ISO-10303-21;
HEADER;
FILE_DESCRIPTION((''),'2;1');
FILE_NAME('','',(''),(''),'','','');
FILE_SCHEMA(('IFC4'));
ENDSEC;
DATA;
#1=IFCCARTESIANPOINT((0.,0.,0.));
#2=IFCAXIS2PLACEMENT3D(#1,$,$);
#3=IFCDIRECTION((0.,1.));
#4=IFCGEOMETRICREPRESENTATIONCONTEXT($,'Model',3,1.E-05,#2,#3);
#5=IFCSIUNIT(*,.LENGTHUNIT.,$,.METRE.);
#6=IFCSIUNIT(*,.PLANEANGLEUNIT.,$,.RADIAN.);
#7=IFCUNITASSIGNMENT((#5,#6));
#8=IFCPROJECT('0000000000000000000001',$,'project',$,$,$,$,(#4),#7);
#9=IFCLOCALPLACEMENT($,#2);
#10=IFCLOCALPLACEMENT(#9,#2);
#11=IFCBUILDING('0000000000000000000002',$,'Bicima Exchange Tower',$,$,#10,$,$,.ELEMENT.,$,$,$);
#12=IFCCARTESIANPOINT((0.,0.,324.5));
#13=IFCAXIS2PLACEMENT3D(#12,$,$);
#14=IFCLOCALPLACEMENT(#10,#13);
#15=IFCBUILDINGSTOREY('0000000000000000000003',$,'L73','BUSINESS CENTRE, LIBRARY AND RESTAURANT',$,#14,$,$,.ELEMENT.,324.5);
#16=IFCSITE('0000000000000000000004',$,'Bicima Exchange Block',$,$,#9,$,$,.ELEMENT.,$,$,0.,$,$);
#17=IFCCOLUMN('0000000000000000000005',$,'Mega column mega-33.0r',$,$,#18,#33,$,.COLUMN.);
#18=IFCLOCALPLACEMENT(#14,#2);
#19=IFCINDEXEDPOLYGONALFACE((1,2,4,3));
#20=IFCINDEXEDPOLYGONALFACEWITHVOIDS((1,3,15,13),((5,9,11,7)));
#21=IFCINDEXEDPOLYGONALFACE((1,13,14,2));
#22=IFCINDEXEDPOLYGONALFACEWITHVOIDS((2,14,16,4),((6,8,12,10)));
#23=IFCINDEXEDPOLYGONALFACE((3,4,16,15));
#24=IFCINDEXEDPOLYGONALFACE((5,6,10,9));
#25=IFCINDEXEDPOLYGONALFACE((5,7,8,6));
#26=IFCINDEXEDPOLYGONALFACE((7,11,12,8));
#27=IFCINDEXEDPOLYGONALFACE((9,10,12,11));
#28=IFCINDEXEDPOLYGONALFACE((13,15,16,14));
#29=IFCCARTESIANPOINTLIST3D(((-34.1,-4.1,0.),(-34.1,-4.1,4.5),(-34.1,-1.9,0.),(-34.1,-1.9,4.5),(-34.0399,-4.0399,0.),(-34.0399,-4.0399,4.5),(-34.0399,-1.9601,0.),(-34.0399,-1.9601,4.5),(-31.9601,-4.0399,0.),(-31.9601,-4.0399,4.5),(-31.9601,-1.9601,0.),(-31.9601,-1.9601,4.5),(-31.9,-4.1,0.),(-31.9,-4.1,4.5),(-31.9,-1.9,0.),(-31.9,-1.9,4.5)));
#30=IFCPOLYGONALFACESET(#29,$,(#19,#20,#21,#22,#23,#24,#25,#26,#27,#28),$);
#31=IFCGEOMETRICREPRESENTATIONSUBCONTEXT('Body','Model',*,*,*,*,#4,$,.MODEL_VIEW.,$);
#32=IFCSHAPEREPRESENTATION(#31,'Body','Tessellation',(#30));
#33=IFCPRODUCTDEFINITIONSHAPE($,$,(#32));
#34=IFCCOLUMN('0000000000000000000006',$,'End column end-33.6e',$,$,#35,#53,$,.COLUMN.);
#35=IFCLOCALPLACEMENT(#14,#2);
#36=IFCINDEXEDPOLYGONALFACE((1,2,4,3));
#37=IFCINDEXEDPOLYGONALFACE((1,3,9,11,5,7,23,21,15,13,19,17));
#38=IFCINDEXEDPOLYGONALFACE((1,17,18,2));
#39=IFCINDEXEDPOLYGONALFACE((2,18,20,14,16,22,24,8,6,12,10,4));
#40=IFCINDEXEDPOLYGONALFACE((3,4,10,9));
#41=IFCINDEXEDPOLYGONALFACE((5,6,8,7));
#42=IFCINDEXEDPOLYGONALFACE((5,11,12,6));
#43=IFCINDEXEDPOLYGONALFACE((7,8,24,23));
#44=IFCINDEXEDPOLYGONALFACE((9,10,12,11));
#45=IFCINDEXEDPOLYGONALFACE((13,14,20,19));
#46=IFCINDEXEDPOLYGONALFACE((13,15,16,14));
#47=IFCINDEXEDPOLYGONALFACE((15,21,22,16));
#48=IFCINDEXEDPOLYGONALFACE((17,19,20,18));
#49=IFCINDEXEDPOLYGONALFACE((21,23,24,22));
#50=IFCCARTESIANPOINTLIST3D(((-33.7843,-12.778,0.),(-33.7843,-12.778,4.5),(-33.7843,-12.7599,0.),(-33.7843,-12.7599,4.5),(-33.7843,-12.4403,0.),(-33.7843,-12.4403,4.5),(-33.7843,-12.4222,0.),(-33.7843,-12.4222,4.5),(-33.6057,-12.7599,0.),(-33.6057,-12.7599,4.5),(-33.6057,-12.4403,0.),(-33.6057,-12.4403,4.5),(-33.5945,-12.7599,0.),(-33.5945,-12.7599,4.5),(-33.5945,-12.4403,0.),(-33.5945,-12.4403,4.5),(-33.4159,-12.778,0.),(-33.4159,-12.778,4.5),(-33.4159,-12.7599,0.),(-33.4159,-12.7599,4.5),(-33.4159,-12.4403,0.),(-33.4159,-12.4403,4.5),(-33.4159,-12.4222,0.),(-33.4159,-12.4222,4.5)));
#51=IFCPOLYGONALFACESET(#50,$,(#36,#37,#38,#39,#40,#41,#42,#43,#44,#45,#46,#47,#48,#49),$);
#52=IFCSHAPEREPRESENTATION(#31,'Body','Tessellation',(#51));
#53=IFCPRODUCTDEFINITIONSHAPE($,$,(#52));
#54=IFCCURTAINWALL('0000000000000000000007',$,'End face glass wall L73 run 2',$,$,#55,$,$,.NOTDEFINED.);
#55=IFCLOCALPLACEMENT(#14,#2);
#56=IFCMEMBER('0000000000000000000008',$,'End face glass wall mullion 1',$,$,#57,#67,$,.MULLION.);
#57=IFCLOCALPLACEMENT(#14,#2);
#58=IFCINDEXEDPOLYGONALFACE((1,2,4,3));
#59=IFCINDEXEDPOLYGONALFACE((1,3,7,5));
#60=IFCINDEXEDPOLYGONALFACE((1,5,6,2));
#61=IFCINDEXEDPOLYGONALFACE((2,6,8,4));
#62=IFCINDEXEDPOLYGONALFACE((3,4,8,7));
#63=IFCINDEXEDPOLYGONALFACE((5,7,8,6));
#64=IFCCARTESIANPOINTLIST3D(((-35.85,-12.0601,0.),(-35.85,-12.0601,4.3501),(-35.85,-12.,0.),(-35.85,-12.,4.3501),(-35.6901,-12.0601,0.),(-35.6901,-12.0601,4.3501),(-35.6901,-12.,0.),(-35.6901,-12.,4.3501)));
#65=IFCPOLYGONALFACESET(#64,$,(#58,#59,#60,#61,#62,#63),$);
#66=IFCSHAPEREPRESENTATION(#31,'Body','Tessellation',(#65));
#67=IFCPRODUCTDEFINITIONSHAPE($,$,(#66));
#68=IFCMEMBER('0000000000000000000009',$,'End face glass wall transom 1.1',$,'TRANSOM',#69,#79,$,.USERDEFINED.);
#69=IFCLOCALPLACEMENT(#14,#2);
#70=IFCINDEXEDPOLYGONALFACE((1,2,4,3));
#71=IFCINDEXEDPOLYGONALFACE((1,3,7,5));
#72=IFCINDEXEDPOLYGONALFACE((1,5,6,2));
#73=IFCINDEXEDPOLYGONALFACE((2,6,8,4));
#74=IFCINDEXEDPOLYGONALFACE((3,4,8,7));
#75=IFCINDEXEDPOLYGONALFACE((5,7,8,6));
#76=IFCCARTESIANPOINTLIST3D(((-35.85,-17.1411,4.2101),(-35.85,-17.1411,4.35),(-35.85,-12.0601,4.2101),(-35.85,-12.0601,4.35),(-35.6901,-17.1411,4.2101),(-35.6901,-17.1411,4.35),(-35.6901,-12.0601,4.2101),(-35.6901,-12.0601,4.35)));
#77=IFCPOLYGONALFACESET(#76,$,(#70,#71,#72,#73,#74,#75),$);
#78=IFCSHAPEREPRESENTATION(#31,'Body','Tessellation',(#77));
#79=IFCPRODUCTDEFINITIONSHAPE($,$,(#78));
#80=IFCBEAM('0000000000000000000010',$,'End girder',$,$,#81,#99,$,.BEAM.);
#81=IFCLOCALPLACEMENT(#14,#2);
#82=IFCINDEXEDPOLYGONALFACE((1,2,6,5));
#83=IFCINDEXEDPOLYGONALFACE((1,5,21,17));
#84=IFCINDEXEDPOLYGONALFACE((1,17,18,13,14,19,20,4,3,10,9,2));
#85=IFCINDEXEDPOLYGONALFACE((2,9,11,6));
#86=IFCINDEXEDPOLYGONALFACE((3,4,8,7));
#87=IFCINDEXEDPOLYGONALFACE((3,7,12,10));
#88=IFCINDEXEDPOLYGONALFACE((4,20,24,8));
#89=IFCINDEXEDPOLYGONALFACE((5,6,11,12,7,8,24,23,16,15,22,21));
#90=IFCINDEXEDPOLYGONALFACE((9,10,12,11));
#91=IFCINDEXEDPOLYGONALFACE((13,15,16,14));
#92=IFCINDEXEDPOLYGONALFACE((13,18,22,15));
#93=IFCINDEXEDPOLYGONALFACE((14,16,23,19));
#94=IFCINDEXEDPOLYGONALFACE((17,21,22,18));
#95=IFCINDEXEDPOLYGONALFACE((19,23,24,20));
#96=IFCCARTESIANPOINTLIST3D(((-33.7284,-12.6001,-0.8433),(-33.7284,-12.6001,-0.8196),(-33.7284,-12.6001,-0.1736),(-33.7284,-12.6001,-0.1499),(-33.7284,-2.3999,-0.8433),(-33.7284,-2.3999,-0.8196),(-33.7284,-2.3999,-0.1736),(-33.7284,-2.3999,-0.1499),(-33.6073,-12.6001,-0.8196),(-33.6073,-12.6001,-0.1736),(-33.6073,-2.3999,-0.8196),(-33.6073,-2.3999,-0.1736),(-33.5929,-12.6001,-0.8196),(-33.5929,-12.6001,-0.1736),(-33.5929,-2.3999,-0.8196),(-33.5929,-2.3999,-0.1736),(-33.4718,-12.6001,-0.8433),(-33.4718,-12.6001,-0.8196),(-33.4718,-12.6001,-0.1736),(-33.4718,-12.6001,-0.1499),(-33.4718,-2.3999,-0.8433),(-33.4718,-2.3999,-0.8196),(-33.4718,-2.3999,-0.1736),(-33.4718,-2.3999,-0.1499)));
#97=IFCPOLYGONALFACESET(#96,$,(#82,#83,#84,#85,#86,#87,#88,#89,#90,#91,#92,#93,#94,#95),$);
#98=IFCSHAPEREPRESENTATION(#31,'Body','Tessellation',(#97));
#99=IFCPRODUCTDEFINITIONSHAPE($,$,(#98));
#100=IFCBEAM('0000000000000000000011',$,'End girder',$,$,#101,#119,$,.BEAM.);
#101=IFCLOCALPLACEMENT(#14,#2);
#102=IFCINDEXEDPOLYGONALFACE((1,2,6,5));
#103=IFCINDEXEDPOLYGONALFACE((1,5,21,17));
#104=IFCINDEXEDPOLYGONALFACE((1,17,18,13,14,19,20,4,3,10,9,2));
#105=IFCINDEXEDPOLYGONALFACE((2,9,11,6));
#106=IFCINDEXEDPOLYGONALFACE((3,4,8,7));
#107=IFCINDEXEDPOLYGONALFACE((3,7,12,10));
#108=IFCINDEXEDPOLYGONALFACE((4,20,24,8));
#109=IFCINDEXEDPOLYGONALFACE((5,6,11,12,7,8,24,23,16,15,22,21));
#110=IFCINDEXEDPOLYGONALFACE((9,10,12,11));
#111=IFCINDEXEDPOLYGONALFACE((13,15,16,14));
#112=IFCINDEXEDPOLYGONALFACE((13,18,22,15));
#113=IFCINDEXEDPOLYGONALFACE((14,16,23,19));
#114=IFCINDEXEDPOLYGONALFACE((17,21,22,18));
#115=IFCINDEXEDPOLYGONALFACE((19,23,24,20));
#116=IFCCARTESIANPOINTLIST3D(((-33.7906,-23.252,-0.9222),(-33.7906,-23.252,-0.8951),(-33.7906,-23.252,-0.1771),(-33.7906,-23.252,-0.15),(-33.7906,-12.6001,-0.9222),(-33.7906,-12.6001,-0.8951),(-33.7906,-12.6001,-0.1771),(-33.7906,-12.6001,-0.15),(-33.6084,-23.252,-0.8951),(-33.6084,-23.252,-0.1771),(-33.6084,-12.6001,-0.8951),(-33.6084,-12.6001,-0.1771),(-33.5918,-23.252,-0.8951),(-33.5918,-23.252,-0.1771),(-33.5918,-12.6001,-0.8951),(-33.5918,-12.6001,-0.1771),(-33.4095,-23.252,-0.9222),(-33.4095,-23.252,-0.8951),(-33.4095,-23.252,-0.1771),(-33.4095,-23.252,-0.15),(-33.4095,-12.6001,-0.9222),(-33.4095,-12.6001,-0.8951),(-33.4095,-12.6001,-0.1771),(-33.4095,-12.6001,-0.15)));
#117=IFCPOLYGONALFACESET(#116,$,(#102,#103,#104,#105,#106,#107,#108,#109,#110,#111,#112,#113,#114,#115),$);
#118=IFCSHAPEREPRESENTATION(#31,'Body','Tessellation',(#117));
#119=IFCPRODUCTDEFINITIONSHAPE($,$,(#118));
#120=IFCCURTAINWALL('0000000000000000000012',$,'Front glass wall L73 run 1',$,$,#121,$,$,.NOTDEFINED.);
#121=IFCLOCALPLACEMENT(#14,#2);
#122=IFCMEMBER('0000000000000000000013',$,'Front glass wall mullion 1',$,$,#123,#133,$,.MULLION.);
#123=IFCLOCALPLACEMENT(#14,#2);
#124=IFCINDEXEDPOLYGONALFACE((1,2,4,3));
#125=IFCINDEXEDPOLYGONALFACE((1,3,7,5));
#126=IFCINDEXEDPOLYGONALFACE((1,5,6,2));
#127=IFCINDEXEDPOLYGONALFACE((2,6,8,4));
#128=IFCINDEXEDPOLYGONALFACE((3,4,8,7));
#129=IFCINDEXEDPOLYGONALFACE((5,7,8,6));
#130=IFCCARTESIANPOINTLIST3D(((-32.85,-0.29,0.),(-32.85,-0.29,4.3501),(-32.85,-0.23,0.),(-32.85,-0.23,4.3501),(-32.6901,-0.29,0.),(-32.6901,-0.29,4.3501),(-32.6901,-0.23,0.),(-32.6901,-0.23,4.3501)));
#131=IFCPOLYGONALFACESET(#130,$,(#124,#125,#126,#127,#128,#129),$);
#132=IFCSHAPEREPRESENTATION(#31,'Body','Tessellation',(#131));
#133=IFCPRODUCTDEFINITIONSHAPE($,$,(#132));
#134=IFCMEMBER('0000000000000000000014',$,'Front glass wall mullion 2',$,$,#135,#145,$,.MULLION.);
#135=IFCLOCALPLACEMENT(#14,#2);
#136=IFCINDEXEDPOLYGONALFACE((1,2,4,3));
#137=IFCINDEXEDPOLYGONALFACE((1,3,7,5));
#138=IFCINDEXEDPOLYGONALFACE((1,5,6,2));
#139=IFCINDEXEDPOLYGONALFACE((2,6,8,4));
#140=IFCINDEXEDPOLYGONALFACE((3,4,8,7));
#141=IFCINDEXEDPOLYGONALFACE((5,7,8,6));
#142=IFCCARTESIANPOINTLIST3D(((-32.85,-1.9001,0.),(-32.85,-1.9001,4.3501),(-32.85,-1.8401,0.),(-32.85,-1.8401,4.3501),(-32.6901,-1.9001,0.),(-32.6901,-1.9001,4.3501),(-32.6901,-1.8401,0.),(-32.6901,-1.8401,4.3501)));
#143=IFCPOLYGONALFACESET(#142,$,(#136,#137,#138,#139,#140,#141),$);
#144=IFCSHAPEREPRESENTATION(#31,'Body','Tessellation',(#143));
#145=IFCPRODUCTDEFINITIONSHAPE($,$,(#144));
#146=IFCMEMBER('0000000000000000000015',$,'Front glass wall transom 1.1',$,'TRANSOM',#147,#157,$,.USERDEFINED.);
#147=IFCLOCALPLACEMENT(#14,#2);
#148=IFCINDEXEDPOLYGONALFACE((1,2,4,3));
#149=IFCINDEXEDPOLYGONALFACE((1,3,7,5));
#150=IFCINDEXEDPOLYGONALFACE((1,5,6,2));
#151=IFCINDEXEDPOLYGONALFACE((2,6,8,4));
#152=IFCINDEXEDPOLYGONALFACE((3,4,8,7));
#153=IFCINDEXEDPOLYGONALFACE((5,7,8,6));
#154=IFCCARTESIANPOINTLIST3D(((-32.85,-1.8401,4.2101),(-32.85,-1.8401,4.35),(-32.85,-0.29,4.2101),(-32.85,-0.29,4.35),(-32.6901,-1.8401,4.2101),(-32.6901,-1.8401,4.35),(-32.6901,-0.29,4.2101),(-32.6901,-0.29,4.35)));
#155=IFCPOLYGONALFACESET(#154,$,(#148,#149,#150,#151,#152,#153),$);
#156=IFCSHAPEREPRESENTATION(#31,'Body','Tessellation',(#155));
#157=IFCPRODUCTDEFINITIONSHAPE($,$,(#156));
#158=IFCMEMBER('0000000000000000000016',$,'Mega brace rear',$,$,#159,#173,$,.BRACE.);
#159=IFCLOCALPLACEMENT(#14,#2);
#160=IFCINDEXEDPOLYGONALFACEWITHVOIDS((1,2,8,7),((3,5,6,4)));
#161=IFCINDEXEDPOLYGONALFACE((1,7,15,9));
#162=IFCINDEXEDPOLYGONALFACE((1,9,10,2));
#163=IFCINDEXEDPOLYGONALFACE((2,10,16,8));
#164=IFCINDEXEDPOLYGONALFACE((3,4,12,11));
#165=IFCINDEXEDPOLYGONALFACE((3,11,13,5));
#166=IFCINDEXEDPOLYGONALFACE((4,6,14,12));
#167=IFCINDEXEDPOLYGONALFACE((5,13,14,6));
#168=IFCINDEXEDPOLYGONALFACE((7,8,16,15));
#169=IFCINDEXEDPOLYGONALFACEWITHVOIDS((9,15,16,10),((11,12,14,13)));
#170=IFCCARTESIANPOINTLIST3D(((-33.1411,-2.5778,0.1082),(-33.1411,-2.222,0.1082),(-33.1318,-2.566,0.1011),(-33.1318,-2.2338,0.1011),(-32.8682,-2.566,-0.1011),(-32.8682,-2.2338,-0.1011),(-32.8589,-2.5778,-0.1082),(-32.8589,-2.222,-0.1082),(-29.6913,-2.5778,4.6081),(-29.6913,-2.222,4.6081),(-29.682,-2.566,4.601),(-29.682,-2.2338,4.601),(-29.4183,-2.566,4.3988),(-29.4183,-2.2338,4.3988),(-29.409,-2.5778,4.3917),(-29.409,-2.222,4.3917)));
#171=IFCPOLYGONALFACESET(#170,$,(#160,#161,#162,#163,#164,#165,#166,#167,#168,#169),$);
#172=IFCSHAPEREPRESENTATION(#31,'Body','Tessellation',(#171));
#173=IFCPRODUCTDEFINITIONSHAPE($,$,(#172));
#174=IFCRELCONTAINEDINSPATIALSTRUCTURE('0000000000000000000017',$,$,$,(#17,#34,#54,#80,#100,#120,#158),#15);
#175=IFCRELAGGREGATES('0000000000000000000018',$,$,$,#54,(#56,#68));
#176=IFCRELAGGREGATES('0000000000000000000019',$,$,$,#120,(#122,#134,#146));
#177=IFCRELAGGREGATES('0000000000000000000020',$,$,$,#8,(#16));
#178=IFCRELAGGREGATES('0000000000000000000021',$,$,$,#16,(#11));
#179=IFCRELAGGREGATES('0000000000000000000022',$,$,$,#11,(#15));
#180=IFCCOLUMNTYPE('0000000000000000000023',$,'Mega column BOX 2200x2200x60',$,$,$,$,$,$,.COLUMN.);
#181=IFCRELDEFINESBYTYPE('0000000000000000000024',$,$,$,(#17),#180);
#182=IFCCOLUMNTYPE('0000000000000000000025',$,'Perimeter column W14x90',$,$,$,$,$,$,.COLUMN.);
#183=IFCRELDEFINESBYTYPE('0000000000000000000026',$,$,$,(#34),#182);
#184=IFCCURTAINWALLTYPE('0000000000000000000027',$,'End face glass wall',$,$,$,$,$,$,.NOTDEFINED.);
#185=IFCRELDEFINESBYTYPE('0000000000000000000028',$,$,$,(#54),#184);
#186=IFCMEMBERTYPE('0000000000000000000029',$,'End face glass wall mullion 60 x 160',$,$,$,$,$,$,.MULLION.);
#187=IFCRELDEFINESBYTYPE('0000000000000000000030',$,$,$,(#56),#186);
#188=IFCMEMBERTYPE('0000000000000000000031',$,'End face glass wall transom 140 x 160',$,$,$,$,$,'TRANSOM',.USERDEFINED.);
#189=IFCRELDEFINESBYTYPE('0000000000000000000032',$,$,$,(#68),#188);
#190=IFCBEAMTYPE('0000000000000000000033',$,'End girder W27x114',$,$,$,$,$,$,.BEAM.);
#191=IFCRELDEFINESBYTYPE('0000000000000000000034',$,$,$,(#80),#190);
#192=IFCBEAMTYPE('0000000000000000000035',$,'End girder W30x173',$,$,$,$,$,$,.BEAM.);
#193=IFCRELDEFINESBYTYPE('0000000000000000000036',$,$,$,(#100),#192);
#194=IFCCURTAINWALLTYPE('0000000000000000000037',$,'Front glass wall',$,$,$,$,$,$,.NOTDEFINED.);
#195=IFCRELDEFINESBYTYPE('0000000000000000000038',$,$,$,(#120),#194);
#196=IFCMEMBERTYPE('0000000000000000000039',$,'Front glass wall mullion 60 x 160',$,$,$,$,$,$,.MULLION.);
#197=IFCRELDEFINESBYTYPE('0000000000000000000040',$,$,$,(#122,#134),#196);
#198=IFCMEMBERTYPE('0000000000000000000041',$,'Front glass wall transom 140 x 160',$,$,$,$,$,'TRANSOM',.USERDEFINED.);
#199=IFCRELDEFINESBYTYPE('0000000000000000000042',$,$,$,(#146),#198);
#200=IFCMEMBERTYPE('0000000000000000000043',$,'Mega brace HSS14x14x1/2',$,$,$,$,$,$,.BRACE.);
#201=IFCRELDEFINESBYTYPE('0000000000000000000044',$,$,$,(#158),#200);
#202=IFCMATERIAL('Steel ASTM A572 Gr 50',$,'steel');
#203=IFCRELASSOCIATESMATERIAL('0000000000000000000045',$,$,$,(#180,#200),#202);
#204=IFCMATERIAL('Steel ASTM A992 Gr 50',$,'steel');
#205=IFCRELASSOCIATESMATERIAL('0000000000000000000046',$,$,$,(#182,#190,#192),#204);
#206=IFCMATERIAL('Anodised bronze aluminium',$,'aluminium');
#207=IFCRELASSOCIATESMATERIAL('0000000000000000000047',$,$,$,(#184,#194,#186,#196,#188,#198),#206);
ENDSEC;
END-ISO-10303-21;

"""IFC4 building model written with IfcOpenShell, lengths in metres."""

from ifc_helpers import new_model, si_unit, direction, frame, origin, origin_2d, place, context, subcontext, project, spatial, rectangle, hollow_rectangle, i_section, extrude, material, material_profile, profile_set, type_object, element, aggregate, save


model = new_model("IFC4")

# Units and contexts
model_context = context("Model", 3, precision=1e-05, world=origin(), true_north=direction((0.0, 1.0)))
body_context = subcontext(model_context, "Body", "Model", "MODEL_VIEW")
ifc_project = project(units=[si_unit("LENGTHUNIT", "METRE"), si_unit("PLANEANGLEUNIT", "RADIAN")], contexts=[model_context])

# Site, building, storey
site_placement = place(None, origin())
site = spatial("IfcSite", under=ifc_project, at=site_placement, Name="Bicima Exchange Block", CompositionType="ELEMENT", RefElevation=0.0)
building_placement = place(site_placement, origin())
building = spatial("IfcBuilding", under=site, at=building_placement, Name="Bicima Exchange Tower", CompositionType="ELEMENT")
storey_placement = place(building_placement, frame((0.0, 0.0, 324.5)))
storey = spatial("IfcBuildingStorey", under=building, at=storey_placement, Name="L73", Description="BUSINESS CENTRE, LIBRARY AND RESTAURANT", CompositionType="ELEMENT", Elevation=324.5)

# Columns
ifc_material_1 = material(Name="Steel ASTM A572 Gr 50", Category="steel")
ifc_material_profile_1 = material_profile(ifc_material_1, hollow_rectangle(XDim=2.2, YDim=2.2, WallThickness=0.0601, at=origin_2d()))
ifc_profile_set_1 = profile_set([ifc_material_profile_1], Name="Steel ASTM A572 Gr 50")
column_type_1 = type_object("IfcColumnType", Name="Mega column BOX 2200x2200x60", PredefinedType="COLUMN", material=ifc_profile_set_1)
column_1_placement = place(storey_placement, frame((-33.0, -3.0, 0.0), z_axis=(0.0, 0.0, 1.0), x_axis=(1.0, 0.0, 0.0)))
element("IfcColumn", 1, at=column_1_placement, inside=storey, type_object=column_type_1, Name="Mega column mega-33.0r", PredefinedType="COLUMN", context=body_context, shape_type="SweptSolid", body=[
    extrude(hollow_rectangle(XDim=2.2, YDim=2.2, WallThickness=0.0601, at=origin_2d()), origin(), (0.0, 0.0, 1.0), 4.5),
])
ifc_material_2 = material(Name="Steel ASTM A992 Gr 50", Category="steel")
ifc_material_profile_2 = material_profile(ifc_material_2, i_section(OverallWidth=0.3684, OverallDepth=0.3557, WebThickness=0.0112, FlangeThickness=0.0181, at=origin_2d()))
ifc_profile_set_2 = profile_set([ifc_material_profile_2], Name="Steel ASTM A992 Gr 50")
column_type_2 = type_object("IfcColumnType", Name="Perimeter column W14x90", PredefinedType="COLUMN", material=ifc_profile_set_2)
column_2_placement = place(storey_placement, frame((-33.6001, -12.6001, 0.0), z_axis=(0.0, 0.0, 1.0), x_axis=(1.0, 0.0, 0.0)))
element("IfcColumn", 2, at=column_2_placement, inside=storey, type_object=column_type_2, Name="End column end-33.6e", PredefinedType="COLUMN", context=body_context, shape_type="SweptSolid", body=[
    extrude(i_section(OverallWidth=0.3684, OverallDepth=0.3557, WebThickness=0.0112, FlangeThickness=0.0181, at=origin_2d()), origin(), (0.0, 0.0, 1.0), 4.5),
])

# Curtain wall, members
ifc_material_3 = material(Name="Anodised bronze aluminium", Category="aluminium")
curtain_wall_type_1 = type_object("IfcCurtainWallType", Name="End face glass wall", PredefinedType="NOTDEFINED", material=ifc_material_3)
curtain_wall_1_placement = place(storey_placement, origin())
curtain_wall_1 = element("IfcCurtainWall", 3, at=curtain_wall_1_placement, inside=storey, type_object=curtain_wall_type_1, Name="End face glass wall L73 run 2", PredefinedType="NOTDEFINED")
ifc_material_profile_3 = material_profile(ifc_material_3, rectangle(XDim=0.1599, YDim=0.0601, at=origin_2d()))
ifc_profile_set_3 = profile_set([ifc_material_profile_3], Name="Anodised bronze aluminium")
member_type_1 = type_object("IfcMemberType", Name="End face glass wall mullion 60 x 160", PredefinedType="MULLION", material=ifc_profile_set_3)
member_1_placement = place(storey_placement, frame((-35.77, -12.03, 0.0), z_axis=(0.0, 0.0, 1.0), x_axis=(1.0, 0.0, 0.0)))
member_1 = element("IfcMember", 4, at=member_1_placement, type_object=member_type_1, Name="End face glass wall mullion 1", PredefinedType="MULLION", context=body_context, shape_type="SweptSolid", body=[
    extrude(rectangle(XDim=0.1599, YDim=0.0601, at=origin_2d()), origin(), (0.0, 0.0, 1.0), 4.3501),
])
ifc_material_profile_4 = material_profile(ifc_material_3, rectangle(XDim=0.1599, YDim=0.1399, at=origin_2d()))
ifc_profile_set_4 = profile_set([ifc_material_profile_4], Name="Anodised bronze aluminium")
member_type_2 = type_object("IfcMemberType", Name="End face glass wall transom 140 x 160", ElementType="TRANSOM", PredefinedType="USERDEFINED", material=ifc_profile_set_4)
member_2_placement = place(storey_placement, frame((-35.77, -12.0601, 4.28), z_axis=(0.0, -1.0, 0.0), x_axis=(1.0, 0.0, 0.0)))
member_2 = element("IfcMember", 5, at=member_2_placement, type_object=member_type_2, Name="End face glass wall transom 1.1", ObjectType="TRANSOM", PredefinedType="USERDEFINED", context=body_context, shape_type="SweptSolid", body=[
    extrude(rectangle(XDim=0.1599, YDim=0.1399, at=origin_2d()), origin(), (0.0, 0.0, 1.0), 5.0811),
])
aggregate(curtain_wall_1, [member_1, member_2])

# Beams
ifc_material_profile_5 = material_profile(ifc_material_2, i_section(OverallWidth=0.2566, OverallDepth=0.6934, WebThickness=0.0144, FlangeThickness=0.0237, at=origin_2d()))
ifc_profile_set_5 = profile_set([ifc_material_profile_5], Name="Steel ASTM A992 Gr 50")
beam_type_1 = type_object("IfcBeamType", Name="End girder W27x114", PredefinedType="BEAM", material=ifc_profile_set_5)
beam_1_placement = place(storey_placement, frame((-33.6001, -2.3999, -0.4966), z_axis=(0.0, -1.0, 0.0), x_axis=(1.0, 0.0, 0.0)))
element("IfcBeam", 6, at=beam_1_placement, inside=storey, type_object=beam_type_1, Name="End girder", PredefinedType="BEAM", context=body_context, shape_type="SweptSolid", body=[
    extrude(i_section(OverallWidth=0.2566, OverallDepth=0.6934, WebThickness=0.0144, FlangeThickness=0.0237, at=origin_2d()), origin(), (0.0, 0.0, 1.0), 10.2002),
])
ifc_material_profile_6 = material_profile(ifc_material_2, i_section(OverallWidth=0.3811, OverallDepth=0.7722, WebThickness=0.0166, FlangeThickness=0.0271, at=origin_2d()))
ifc_profile_set_6 = profile_set([ifc_material_profile_6], Name="Steel ASTM A992 Gr 50")
beam_type_2 = type_object("IfcBeamType", Name="End girder W30x173", PredefinedType="BEAM", material=ifc_profile_set_6)
beam_2_placement = place(storey_placement, frame((-33.6001, -12.6001, -0.5361), z_axis=(0.0, -1.0, 0.0), x_axis=(1.0, 0.0, 0.0)))
element("IfcBeam", 7, at=beam_2_placement, inside=storey, type_object=beam_type_2, Name="End girder", PredefinedType="BEAM", context=body_context, shape_type="SweptSolid", body=[
    extrude(i_section(OverallWidth=0.3811, OverallDepth=0.7722, WebThickness=0.0166, FlangeThickness=0.0271, at=origin_2d()), origin(), (0.0, 0.0, 1.0), 10.6519),
])

# Curtain wall, members
curtain_wall_type_2 = type_object("IfcCurtainWallType", Name="Front glass wall", PredefinedType="NOTDEFINED", material=ifc_material_3)
curtain_wall_2_placement = place(storey_placement, origin())
curtain_wall_2 = element("IfcCurtainWall", 8, at=curtain_wall_2_placement, inside=storey, type_object=curtain_wall_type_2, Name="Front glass wall L73 run 1", PredefinedType="NOTDEFINED")
member_type_3 = type_object("IfcMemberType", Name="Front glass wall mullion 60 x 160", PredefinedType="MULLION", material=ifc_profile_set_3)
member_3_placement = place(storey_placement, frame((-32.77, -0.26, 0.0), z_axis=(0.0, 0.0, 1.0), x_axis=(1.0, 0.0, 0.0)))
member_3 = element("IfcMember", 9, at=member_3_placement, type_object=member_type_3, Name="Front glass wall mullion 1", PredefinedType="MULLION", context=body_context, shape_type="SweptSolid", body=[
    extrude(rectangle(XDim=0.1599, YDim=0.0601, at=origin_2d()), origin(), (0.0, 0.0, 1.0), 4.3501),
])
member_4_placement = place(storey_placement, frame((-32.77, -1.8701, 0.0), z_axis=(0.0, 0.0, 1.0), x_axis=(1.0, 0.0, 0.0)))
member_4 = element("IfcMember", 10, at=member_4_placement, type_object=member_type_3, Name="Front glass wall mullion 2", PredefinedType="MULLION", context=body_context, shape_type="SweptSolid", body=[
    extrude(rectangle(XDim=0.1599, YDim=0.0601, at=origin_2d()), origin(), (0.0, 0.0, 1.0), 4.3501),
])
member_type_4 = type_object("IfcMemberType", Name="Front glass wall transom 140 x 160", ElementType="TRANSOM", PredefinedType="USERDEFINED", material=ifc_profile_set_4)
member_5_placement = place(storey_placement, frame((-32.77, -0.29, 4.28), z_axis=(0.0, -1.0, 0.0), x_axis=(1.0, 0.0, 0.0)))
member_5 = element("IfcMember", 11, at=member_5_placement, type_object=member_type_4, Name="Front glass wall transom 1.1", ObjectType="TRANSOM", PredefinedType="USERDEFINED", context=body_context, shape_type="SweptSolid", body=[
    extrude(rectangle(XDim=0.1599, YDim=0.1399, at=origin_2d()), origin(), (0.0, 0.0, 1.0), 1.55),
])

# Member
ifc_material_profile_7 = material_profile(ifc_material_1, hollow_rectangle(XDim=0.3557, YDim=0.3557, WallThickness=0.0117, at=origin_2d()))
ifc_profile_set_7 = profile_set([ifc_material_profile_7], Name="Steel ASTM A572 Gr 50")
member_type_5 = type_object("IfcMemberType", Name="Mega brace HSS14x14x1/2", PredefinedType="BRACE", material=ifc_profile_set_7)
member_6_placement = place(storey_placement, frame((-33.0, -2.3999, 0.0), z_axis=(0.608426, 0.0, 0.793611), x_axis=(0.0, 1.0, 0.0)))
element("IfcMember", 12, at=member_6_placement, inside=storey, type_object=member_type_5, Name="Mega brace rear", PredefinedType="BRACE", context=body_context, shape_type="SweptSolid", body=[
    extrude(hollow_rectangle(XDim=0.3557, YDim=0.3557, WallThickness=0.0117, at=origin_2d()), origin(), (0.0, 0.0, 1.0), 5.6702),
])

aggregate(curtain_wall_2, [member_3, member_4, member_5])

save(model, "model.ifc")
